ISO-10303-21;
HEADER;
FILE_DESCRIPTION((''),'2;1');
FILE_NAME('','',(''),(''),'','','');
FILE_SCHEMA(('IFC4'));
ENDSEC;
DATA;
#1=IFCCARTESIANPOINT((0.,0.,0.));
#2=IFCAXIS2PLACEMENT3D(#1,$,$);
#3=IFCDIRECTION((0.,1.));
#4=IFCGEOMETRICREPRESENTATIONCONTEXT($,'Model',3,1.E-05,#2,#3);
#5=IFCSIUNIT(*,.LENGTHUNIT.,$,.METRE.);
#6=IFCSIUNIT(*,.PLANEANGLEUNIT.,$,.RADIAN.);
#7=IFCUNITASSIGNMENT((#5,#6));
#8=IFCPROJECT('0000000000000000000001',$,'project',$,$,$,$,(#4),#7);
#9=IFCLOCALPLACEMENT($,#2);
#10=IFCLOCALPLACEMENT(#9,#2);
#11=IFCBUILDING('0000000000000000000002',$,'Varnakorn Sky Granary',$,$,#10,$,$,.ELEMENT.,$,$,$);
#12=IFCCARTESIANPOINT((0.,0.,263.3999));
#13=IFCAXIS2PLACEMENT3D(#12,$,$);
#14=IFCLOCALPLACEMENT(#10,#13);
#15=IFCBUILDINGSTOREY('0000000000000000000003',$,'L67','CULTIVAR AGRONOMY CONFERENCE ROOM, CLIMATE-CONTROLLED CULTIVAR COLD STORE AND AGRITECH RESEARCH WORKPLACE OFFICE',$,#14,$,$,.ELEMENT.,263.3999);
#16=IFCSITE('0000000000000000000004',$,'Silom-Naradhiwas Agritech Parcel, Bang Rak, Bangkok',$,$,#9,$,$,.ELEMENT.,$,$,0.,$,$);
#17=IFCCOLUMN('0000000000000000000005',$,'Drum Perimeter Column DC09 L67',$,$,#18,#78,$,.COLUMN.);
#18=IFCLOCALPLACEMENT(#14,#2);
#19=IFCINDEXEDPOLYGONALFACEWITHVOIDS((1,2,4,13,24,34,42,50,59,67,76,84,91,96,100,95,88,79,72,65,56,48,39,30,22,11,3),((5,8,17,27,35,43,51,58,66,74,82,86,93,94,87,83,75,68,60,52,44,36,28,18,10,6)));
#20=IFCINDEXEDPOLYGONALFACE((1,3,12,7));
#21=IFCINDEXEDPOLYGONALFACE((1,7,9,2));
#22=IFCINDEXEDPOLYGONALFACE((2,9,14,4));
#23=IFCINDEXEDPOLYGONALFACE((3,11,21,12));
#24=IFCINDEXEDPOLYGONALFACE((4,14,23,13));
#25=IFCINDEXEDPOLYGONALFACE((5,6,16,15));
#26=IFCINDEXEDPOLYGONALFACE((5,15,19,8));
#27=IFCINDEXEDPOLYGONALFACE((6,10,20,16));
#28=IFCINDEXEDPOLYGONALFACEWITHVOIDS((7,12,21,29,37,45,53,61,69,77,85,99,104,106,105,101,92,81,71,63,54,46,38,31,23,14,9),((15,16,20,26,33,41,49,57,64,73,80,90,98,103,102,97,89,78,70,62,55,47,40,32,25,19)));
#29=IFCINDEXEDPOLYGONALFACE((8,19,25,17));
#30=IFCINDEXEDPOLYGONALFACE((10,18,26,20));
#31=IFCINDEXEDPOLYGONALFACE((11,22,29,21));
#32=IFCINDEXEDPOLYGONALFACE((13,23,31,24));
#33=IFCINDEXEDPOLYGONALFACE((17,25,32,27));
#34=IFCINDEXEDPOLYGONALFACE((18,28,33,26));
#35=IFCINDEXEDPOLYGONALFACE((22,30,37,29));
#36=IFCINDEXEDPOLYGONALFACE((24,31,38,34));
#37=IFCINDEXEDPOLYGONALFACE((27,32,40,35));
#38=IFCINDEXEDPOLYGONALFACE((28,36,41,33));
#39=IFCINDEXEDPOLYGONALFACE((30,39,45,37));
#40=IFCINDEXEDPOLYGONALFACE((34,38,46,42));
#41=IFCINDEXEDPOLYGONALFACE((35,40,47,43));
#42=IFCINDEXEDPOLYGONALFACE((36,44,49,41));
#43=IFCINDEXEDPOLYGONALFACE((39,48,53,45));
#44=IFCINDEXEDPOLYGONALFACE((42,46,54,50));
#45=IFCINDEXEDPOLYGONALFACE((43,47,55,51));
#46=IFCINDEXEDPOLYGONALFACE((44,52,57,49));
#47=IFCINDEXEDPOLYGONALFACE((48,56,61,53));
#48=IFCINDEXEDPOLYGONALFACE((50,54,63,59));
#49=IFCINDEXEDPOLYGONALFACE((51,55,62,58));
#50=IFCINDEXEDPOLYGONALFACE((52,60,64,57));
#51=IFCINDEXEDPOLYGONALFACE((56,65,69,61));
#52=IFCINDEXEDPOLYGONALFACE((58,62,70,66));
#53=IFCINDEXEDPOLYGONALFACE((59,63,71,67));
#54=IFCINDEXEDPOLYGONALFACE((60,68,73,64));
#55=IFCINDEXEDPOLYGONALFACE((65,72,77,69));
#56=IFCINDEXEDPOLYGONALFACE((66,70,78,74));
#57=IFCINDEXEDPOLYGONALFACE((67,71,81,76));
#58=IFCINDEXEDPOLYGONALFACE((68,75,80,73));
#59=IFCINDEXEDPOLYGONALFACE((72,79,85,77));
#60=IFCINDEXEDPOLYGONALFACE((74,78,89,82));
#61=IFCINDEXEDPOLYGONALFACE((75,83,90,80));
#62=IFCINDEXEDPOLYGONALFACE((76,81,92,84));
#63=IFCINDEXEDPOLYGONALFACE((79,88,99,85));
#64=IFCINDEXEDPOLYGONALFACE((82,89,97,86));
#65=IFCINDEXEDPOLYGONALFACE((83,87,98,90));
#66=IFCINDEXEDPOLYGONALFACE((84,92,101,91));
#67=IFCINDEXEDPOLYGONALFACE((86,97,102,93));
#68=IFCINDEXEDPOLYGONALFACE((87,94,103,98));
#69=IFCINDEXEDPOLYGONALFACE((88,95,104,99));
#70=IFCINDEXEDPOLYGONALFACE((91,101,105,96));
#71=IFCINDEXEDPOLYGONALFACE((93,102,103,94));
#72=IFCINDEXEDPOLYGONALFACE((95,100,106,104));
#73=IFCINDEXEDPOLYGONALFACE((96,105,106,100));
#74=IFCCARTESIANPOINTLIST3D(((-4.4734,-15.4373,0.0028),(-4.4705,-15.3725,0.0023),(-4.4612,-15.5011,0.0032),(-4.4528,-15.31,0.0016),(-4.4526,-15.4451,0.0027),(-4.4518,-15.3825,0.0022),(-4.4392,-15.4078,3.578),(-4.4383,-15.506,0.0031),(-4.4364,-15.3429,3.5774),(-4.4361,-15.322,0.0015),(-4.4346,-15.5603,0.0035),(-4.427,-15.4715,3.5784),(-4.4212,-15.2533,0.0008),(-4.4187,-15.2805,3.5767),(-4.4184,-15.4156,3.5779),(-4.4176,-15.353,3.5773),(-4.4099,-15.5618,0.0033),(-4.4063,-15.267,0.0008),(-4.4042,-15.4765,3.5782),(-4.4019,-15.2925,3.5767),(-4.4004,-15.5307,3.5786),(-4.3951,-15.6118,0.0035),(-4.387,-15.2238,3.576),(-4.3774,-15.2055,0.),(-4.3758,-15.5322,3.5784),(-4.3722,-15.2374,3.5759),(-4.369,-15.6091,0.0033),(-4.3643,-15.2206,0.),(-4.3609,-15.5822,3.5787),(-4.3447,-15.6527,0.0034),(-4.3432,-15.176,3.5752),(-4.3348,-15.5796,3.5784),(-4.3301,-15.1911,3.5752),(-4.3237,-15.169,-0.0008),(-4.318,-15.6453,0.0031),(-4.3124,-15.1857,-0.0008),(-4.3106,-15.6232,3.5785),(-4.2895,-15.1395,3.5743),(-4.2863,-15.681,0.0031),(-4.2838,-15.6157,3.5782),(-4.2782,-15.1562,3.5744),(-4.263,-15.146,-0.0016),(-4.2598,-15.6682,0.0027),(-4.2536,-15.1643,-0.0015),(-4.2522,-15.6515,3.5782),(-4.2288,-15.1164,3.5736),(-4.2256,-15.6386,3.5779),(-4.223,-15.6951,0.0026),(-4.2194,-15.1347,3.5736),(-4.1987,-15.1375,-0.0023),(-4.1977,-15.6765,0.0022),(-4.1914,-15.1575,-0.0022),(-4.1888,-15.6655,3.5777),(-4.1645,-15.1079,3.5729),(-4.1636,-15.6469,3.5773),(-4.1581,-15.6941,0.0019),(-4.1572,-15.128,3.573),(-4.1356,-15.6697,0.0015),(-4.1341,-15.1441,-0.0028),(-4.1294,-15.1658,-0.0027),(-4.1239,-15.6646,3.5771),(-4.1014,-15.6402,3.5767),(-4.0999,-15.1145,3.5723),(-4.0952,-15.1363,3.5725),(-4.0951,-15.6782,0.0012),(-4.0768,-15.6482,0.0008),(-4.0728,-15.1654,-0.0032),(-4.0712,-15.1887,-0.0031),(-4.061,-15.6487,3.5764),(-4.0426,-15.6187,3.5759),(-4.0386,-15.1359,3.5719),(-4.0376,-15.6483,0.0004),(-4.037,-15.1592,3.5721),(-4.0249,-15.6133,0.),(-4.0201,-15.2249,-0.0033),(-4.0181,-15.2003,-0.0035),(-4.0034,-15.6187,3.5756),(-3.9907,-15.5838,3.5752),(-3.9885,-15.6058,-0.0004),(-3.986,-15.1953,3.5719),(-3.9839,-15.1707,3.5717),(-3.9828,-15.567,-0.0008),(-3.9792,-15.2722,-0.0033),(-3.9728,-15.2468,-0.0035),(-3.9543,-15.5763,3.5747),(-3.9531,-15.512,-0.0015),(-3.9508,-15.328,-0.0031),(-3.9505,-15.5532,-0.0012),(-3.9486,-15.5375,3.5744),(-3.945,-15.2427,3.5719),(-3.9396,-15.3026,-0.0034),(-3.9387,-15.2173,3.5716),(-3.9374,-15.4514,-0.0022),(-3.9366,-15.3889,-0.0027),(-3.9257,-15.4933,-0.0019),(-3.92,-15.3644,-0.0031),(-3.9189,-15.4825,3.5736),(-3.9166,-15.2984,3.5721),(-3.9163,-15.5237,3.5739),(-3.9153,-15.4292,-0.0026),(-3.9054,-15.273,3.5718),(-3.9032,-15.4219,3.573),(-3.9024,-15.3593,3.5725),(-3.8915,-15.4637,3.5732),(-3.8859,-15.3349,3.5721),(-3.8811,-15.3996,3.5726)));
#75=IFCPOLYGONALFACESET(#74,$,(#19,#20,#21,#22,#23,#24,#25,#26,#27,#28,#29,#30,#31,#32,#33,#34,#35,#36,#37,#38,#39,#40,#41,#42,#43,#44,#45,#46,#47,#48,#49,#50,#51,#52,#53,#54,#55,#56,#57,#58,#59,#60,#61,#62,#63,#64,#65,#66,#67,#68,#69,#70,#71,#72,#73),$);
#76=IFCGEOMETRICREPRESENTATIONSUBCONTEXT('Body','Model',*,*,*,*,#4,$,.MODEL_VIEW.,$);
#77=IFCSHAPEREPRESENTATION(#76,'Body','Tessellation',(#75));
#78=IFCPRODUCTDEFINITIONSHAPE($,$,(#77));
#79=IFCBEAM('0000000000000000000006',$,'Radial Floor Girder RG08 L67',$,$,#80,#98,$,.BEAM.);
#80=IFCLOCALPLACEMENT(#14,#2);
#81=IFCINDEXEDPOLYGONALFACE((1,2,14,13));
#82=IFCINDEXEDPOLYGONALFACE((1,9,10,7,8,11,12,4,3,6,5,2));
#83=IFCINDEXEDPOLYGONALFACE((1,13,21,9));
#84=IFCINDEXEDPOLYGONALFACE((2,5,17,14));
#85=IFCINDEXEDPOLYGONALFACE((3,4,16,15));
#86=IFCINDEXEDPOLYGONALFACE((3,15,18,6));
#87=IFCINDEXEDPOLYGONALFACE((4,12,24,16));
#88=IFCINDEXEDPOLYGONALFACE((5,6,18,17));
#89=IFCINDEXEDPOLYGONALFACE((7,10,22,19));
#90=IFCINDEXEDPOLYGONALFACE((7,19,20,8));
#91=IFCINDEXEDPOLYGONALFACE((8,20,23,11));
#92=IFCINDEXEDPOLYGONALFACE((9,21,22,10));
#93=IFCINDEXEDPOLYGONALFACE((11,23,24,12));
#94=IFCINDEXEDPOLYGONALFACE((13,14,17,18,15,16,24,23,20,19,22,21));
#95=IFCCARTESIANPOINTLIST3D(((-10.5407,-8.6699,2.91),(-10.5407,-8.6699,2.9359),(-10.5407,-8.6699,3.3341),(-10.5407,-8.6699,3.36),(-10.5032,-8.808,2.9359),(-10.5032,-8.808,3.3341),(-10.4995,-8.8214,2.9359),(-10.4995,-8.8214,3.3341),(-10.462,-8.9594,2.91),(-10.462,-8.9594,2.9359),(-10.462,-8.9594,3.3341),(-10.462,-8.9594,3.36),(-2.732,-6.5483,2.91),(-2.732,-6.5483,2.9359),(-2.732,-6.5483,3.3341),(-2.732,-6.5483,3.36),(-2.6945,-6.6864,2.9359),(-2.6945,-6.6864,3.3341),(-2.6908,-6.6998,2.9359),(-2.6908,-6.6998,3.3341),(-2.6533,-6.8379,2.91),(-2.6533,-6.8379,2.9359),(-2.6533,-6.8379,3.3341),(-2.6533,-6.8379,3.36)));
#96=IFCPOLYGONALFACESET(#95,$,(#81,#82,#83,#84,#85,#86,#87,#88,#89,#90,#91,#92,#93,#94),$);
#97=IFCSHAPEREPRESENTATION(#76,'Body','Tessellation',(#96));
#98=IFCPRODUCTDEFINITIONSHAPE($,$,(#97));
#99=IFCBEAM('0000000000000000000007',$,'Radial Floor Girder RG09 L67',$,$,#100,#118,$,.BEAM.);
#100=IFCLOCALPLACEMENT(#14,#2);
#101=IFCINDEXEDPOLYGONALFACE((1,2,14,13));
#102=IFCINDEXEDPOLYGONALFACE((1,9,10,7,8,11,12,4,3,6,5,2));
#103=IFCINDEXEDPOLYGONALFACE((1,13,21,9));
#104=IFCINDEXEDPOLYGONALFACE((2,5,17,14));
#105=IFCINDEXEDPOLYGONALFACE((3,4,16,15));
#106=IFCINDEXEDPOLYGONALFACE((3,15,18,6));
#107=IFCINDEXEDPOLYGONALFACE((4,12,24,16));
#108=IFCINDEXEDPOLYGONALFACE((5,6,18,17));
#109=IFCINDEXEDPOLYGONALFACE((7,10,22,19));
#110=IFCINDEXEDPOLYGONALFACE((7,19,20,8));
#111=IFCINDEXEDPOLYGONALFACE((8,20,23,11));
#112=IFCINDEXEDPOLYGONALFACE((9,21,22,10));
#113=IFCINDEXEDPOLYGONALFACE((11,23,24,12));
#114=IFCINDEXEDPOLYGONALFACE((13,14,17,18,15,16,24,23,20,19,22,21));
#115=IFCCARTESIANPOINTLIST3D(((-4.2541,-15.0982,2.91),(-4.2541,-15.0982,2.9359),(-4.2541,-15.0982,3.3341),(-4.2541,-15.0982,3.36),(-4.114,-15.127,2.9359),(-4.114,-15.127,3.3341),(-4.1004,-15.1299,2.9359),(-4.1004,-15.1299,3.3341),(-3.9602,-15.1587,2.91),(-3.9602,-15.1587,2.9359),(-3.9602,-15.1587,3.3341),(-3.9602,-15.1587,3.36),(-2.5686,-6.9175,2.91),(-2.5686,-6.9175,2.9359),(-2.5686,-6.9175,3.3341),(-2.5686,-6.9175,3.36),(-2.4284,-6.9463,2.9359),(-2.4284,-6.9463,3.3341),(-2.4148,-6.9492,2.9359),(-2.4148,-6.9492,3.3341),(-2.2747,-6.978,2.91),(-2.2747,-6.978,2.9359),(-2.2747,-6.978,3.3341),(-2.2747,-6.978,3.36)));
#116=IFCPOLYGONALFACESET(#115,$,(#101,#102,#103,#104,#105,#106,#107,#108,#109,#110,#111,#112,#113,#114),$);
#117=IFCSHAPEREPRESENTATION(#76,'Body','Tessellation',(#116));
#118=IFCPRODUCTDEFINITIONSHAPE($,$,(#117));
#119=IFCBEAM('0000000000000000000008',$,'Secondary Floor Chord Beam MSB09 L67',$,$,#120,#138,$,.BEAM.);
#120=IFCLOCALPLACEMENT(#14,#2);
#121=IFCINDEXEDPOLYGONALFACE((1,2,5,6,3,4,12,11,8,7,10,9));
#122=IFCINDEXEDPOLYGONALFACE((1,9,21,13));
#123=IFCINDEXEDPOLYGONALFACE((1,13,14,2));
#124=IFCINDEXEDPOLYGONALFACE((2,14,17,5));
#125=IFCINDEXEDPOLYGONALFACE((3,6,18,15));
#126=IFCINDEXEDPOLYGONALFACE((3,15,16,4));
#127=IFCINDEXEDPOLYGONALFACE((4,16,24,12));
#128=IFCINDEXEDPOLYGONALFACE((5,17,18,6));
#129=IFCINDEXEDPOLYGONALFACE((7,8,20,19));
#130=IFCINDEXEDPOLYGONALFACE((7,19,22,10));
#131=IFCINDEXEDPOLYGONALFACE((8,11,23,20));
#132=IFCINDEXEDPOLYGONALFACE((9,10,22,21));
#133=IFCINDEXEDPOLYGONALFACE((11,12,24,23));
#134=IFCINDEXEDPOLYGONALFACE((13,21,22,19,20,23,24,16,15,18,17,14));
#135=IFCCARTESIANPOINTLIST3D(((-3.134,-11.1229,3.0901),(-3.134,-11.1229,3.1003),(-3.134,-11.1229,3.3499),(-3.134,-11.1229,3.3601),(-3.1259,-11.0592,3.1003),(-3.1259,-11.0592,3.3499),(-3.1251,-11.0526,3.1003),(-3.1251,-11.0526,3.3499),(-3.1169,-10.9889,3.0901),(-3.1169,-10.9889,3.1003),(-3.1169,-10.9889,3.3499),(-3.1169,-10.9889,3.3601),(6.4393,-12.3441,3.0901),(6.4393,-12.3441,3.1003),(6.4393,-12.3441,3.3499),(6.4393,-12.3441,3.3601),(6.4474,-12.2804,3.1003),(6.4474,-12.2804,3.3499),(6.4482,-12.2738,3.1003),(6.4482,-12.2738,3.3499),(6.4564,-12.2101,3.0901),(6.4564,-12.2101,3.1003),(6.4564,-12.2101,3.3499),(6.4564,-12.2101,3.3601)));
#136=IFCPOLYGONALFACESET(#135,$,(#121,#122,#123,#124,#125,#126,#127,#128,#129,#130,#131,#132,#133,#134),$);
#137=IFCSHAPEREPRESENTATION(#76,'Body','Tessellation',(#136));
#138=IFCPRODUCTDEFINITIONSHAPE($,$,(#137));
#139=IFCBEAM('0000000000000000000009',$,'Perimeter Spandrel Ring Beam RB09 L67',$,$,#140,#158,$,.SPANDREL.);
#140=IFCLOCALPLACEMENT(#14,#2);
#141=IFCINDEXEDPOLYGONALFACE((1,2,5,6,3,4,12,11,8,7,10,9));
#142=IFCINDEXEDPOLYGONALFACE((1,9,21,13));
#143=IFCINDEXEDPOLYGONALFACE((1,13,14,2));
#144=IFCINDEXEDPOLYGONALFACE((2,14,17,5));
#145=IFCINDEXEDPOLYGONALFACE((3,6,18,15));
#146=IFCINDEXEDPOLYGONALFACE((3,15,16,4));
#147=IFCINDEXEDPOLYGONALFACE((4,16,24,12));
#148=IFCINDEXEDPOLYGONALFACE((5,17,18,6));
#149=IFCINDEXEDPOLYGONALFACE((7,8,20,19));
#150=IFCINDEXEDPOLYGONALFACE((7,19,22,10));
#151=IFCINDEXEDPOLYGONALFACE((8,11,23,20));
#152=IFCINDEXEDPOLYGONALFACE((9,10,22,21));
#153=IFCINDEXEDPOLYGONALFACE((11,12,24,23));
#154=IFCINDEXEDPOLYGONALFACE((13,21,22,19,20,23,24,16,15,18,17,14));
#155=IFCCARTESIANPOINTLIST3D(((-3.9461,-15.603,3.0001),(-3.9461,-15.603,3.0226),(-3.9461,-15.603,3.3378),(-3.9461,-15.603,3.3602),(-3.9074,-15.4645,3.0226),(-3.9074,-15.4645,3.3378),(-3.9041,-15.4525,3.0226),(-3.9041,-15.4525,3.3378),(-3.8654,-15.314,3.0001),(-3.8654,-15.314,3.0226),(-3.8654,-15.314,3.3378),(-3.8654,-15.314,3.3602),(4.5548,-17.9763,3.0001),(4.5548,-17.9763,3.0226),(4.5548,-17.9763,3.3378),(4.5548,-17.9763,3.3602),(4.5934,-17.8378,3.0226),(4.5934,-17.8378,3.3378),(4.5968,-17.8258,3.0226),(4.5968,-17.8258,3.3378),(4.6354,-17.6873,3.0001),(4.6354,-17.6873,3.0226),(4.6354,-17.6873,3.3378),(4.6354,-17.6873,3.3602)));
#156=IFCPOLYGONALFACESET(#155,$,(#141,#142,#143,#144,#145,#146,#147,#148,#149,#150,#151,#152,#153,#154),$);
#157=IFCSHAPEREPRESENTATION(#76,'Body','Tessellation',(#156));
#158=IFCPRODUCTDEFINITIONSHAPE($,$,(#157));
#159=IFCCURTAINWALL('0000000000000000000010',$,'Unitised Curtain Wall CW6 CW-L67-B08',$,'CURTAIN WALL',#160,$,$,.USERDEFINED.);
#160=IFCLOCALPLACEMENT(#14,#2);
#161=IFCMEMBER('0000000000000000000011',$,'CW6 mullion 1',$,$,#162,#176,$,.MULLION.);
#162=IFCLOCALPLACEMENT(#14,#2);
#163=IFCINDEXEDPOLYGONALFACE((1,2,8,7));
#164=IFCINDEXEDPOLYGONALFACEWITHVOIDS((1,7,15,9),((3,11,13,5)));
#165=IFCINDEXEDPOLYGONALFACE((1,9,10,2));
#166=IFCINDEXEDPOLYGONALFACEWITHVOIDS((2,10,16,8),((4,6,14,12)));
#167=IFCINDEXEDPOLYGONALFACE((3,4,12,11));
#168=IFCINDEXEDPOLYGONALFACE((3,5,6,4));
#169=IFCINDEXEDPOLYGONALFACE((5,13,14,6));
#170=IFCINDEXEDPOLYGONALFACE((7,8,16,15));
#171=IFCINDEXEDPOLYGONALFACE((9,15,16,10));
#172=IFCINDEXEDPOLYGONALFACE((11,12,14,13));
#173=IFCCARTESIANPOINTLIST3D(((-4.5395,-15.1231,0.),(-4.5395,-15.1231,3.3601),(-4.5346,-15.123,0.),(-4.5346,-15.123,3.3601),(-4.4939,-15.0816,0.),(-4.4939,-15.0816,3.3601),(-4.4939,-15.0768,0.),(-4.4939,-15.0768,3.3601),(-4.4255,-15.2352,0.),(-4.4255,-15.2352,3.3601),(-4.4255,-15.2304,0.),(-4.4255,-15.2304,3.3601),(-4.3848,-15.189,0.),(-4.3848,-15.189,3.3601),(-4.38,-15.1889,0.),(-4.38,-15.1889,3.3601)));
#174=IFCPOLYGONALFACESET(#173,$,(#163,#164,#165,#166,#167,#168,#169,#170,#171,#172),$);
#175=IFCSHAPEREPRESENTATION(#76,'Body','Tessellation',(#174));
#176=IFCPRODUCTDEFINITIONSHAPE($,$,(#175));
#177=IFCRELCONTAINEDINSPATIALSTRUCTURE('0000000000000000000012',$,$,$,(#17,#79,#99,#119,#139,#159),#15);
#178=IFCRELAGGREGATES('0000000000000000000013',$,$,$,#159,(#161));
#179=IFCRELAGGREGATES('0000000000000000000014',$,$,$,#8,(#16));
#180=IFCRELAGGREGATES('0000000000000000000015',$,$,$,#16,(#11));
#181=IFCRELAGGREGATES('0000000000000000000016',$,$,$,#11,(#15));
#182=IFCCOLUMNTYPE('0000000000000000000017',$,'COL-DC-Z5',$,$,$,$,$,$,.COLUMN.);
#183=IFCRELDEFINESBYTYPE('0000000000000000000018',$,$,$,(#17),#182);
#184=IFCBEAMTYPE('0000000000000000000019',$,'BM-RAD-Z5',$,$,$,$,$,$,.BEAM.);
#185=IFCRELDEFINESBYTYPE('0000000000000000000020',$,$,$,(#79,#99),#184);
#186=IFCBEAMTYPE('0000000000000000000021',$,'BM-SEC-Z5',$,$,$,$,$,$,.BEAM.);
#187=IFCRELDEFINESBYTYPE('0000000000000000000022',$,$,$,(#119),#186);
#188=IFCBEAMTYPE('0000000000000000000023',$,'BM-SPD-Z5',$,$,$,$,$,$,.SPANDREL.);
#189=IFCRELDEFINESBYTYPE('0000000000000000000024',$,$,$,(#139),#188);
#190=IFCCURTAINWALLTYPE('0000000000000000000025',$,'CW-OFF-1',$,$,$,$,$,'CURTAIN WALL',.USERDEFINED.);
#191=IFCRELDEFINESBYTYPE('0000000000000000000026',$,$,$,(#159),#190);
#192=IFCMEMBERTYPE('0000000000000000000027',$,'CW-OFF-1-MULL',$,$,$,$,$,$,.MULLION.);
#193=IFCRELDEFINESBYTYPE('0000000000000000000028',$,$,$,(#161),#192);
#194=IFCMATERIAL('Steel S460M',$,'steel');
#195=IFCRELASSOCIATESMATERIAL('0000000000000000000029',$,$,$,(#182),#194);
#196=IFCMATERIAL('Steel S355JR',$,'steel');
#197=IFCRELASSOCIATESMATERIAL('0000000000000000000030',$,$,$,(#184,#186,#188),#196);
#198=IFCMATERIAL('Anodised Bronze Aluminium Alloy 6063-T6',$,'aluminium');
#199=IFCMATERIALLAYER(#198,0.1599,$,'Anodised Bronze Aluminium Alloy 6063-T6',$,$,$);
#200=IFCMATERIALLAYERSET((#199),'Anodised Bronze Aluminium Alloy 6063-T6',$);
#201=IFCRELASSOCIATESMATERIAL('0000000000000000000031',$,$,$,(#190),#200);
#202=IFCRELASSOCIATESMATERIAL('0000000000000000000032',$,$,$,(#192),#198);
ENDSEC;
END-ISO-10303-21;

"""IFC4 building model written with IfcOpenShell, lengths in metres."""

from ifc_helpers import new_model, si_unit, direction, frame, origin, origin_2d, place, context, subcontext, project, spatial, hollow_rectangle, hollow_circle, i_section, extrude, material, layer, layer_set, material_profile, profile_set, type_object, element, aggregate, save


model = new_model("IFC4")

# Units and contexts
model_context = context("Model", 3, precision=1e-05, world=origin(), true_north=direction((0.0, 1.0)))
body_context = subcontext(model_context, "Body", "Model", "MODEL_VIEW")
ifc_project = project(units=[si_unit("LENGTHUNIT", "METRE"), si_unit("PLANEANGLEUNIT", "RADIAN")], contexts=[model_context])

# Site, building, storey
site_placement = place(None, origin())
site = spatial("IfcSite", under=ifc_project, at=site_placement, Name="Silom-Naradhiwas Agritech Parcel, Bang Rak, Bangkok", CompositionType="ELEMENT", RefElevation=0.0)
building_placement = place(site_placement, origin())
building = spatial("IfcBuilding", under=site, at=building_placement, Name="Varnakorn Sky Granary", CompositionType="ELEMENT")
storey_placement = place(building_placement, frame((0.0, 0.0, 263.3999)))
storey = spatial("IfcBuildingStorey", under=building, at=storey_placement, Name="L67", Description="CULTIVAR AGRONOMY CONFERENCE ROOM, CLIMATE-CONTROLLED CULTIVAR COLD STORE AND AGRITECH RESEARCH WORKPLACE OFFICE", CompositionType="ELEMENT", Elevation=263.3999)

# Column
ifc_material_1 = material(Name="Steel S460M", Category="steel")
ifc_material_profile_1 = material_profile(ifc_material_1, hollow_circle(Radius=0.2795, WallThickness=0.02, at=origin_2d()), Name="CHS 559x20")
ifc_profile_set_1 = profile_set([ifc_material_profile_1], Name="Steel S460M")
column_type = type_object("IfcColumnType", Name="COL-DC-Z5", PredefinedType="COLUMN", material=ifc_profile_set_1)
column_placement = place(storey_placement, frame((-4.1946, -15.417, 0.0), z_axis=(0.009559, 0.008262, 0.99992), x_axis=(-0.653901, 0.75658, 0.0)))
element("IfcColumn", 1, at=column_placement, inside=storey, type_object=column_type, Name="Drum Perimeter Column DC09 L67", PredefinedType="COLUMN", context=body_context, shape_type="SweptSolid", body=[
    extrude(hollow_circle(Radius=0.2795, WallThickness=0.02, at=origin_2d()), origin(), (0.0, 0.0, 1.0), 3.5754),
])

# Beams
ifc_material_2 = material(Name="Steel S355JR", Category="steel")
ifc_material_profile_2 = material_profile(ifc_material_2, i_section(OverallWidth=0.3, OverallDepth=0.45, WebThickness=0.0139, FlangeThickness=0.0259, at=origin_2d()), Name="HE 450 B")
ifc_profile_set_2 = profile_set([ifc_material_profile_2], Name="Steel S355JR")
beam_type_1 = type_object("IfcBeamType", Name="BM-RAD-Z5", PredefinedType="BEAM", material=ifc_profile_set_2)
beam_1_placement = place(storey_placement, frame((-2.6926, -6.6931, 3.135), z_axis=(-0.965018, -0.262185, 0.0), x_axis=(0.262185, -0.965018, 0.0)))
element("IfcBeam", 2, at=beam_1_placement, inside=storey, type_object=beam_type_1, Name="Radial Floor Girder RG08 L67", PredefinedType="BEAM", context=body_context, shape_type="SweptSolid", body=[
    extrude(i_section(OverallWidth=0.3, OverallDepth=0.45, WebThickness=0.0139, FlangeThickness=0.0259, at=origin_2d()), origin(), (0.0, 0.0, 1.0), 8.0918),
])
beam_2_placement = place(storey_placement, frame((-2.4216, -6.9478, 3.135), z_axis=(-0.201801, -0.979426, 0.0), x_axis=(0.979426, -0.201801, 0.0)))
element("IfcBeam", 3, at=beam_2_placement, inside=storey, type_object=beam_type_1, Name="Radial Floor Girder RG09 L67", PredefinedType="BEAM", context=body_context, shape_type="SweptSolid", body=[
    extrude(i_section(OverallWidth=0.3, OverallDepth=0.45, WebThickness=0.0139, FlangeThickness=0.0259, at=origin_2d()), origin(), (0.0, 0.0, 1.0), 8.3525),
])
ifc_material_profile_3 = material_profile(ifc_material_2, i_section(OverallWidth=0.135, OverallDepth=0.27, WebThickness=0.0066, FlangeThickness=0.0103, at=origin_2d()), Name="IPE 270")
ifc_profile_set_3 = profile_set([ifc_material_profile_3], Name="Steel S355JR")
beam_type_2 = type_object("IfcBeamType", Name="BM-SEC-Z5", PredefinedType="BEAM", material=ifc_profile_set_3)
beam_3_placement = place(storey_placement, frame((-3.1255, -11.0559, 3.2251), z_axis=(0.991962, -0.126538, 0.0), x_axis=(0.126538, 0.991962, 0.0)))
element("IfcBeam", 4, at=beam_3_placement, inside=storey, type_object=beam_type_2, Name="Secondary Floor Chord Beam MSB09 L67", PredefinedType="BEAM", context=body_context, shape_type="SweptSolid", body=[
    extrude(i_section(OverallWidth=0.135, OverallDepth=0.27, WebThickness=0.0066, FlangeThickness=0.0103, at=origin_2d()), origin(), (0.0, 0.0, 1.0), 9.6509),
])
ifc_material_profile_4 = material_profile(ifc_material_2, i_section(OverallWidth=0.3, OverallDepth=0.3601, WebThickness=0.0125, FlangeThickness=0.0225, at=origin_2d()), Name="HE 360 B")
ifc_profile_set_4 = profile_set([ifc_material_profile_4], Name="Steel S355JR")
beam_type_3 = type_object("IfcBeamType", Name="BM-SPD-Z5", PredefinedType="SPANDREL", material=ifc_profile_set_4)
beam_4_placement = place(storey_placement, frame((-3.9058, -15.4585, 3.1802), z_axis=(0.963169, -0.268896, 0.0), x_axis=(0.268896, 0.963169, 0.0)))
element("IfcBeam", 5, at=beam_4_placement, inside=storey, type_object=beam_type_3, Name="Perimeter Spandrel Ring Beam RB09 L67", PredefinedType="SPANDREL", context=body_context, shape_type="SweptSolid", body=[
    extrude(i_section(OverallWidth=0.3, OverallDepth=0.3601, WebThickness=0.0125, FlangeThickness=0.0225, at=origin_2d()), origin(), (0.0, 0.0, 1.0), 8.8259),
])

# Curtain wall, member
ifc_material_3 = material(Name="Anodised Bronze Aluminium Alloy 6063-T6", Category="aluminium")
ifc_layer_1 = layer(ifc_material_3, 0.1599, Name="Anodised Bronze Aluminium Alloy 6063-T6")
ifc_layer_set_1 = layer_set([ifc_layer_1], Name="Anodised Bronze Aluminium Alloy 6063-T6")
curtain_wall_type = type_object("IfcCurtainWallType", Name="CW-OFF-1", ElementType="CURTAIN WALL", PredefinedType="USERDEFINED", material=ifc_layer_set_1)
curtain_wall_placement = place(storey_placement, origin())
curtain_wall = element("IfcCurtainWall", 6, at=curtain_wall_placement, inside=storey, type_object=curtain_wall_type, Name="Unitised Curtain Wall CW6 CW-L67-B08", ObjectType="CURTAIN WALL", PredefinedType="USERDEFINED")
ifc_material_profile_5 = material_profile(ifc_material_3, hollow_rectangle(XDim=0.0649, YDim=0.1599, WallThickness=0.0034, at=origin_2d()), Name="ALU MULL 65x160")
ifc_profile_set_5 = profile_set([ifc_material_profile_5], Name="Anodised Bronze Aluminium Alloy 6063-T6")
member_type_1 = type_object("IfcMemberType", Name="CW-OFF-1-MULL", PredefinedType="MULLION", material=ifc_profile_set_5)
member_1_placement = place(storey_placement, frame((-4.4597, -15.156, 0.0), z_axis=(0.0, 0.0, 1.0), x_axis=(-0.70144, -0.712728, 0.0)))
member_1 = element("IfcMember", 7, at=member_1_placement, type_object=member_type_1, Name="CW6 mullion 1", PredefinedType="MULLION", context=body_context, shape_type="SweptSolid", body=[
    extrude(hollow_rectangle(XDim=0.0649, YDim=0.1599, WallThickness=0.0034, at=origin_2d()), origin(), (0.0, 0.0, 1.0), 3.3601),
])

aggregate(curtain_wall, [member_1])

save(model, "model.ifc")
